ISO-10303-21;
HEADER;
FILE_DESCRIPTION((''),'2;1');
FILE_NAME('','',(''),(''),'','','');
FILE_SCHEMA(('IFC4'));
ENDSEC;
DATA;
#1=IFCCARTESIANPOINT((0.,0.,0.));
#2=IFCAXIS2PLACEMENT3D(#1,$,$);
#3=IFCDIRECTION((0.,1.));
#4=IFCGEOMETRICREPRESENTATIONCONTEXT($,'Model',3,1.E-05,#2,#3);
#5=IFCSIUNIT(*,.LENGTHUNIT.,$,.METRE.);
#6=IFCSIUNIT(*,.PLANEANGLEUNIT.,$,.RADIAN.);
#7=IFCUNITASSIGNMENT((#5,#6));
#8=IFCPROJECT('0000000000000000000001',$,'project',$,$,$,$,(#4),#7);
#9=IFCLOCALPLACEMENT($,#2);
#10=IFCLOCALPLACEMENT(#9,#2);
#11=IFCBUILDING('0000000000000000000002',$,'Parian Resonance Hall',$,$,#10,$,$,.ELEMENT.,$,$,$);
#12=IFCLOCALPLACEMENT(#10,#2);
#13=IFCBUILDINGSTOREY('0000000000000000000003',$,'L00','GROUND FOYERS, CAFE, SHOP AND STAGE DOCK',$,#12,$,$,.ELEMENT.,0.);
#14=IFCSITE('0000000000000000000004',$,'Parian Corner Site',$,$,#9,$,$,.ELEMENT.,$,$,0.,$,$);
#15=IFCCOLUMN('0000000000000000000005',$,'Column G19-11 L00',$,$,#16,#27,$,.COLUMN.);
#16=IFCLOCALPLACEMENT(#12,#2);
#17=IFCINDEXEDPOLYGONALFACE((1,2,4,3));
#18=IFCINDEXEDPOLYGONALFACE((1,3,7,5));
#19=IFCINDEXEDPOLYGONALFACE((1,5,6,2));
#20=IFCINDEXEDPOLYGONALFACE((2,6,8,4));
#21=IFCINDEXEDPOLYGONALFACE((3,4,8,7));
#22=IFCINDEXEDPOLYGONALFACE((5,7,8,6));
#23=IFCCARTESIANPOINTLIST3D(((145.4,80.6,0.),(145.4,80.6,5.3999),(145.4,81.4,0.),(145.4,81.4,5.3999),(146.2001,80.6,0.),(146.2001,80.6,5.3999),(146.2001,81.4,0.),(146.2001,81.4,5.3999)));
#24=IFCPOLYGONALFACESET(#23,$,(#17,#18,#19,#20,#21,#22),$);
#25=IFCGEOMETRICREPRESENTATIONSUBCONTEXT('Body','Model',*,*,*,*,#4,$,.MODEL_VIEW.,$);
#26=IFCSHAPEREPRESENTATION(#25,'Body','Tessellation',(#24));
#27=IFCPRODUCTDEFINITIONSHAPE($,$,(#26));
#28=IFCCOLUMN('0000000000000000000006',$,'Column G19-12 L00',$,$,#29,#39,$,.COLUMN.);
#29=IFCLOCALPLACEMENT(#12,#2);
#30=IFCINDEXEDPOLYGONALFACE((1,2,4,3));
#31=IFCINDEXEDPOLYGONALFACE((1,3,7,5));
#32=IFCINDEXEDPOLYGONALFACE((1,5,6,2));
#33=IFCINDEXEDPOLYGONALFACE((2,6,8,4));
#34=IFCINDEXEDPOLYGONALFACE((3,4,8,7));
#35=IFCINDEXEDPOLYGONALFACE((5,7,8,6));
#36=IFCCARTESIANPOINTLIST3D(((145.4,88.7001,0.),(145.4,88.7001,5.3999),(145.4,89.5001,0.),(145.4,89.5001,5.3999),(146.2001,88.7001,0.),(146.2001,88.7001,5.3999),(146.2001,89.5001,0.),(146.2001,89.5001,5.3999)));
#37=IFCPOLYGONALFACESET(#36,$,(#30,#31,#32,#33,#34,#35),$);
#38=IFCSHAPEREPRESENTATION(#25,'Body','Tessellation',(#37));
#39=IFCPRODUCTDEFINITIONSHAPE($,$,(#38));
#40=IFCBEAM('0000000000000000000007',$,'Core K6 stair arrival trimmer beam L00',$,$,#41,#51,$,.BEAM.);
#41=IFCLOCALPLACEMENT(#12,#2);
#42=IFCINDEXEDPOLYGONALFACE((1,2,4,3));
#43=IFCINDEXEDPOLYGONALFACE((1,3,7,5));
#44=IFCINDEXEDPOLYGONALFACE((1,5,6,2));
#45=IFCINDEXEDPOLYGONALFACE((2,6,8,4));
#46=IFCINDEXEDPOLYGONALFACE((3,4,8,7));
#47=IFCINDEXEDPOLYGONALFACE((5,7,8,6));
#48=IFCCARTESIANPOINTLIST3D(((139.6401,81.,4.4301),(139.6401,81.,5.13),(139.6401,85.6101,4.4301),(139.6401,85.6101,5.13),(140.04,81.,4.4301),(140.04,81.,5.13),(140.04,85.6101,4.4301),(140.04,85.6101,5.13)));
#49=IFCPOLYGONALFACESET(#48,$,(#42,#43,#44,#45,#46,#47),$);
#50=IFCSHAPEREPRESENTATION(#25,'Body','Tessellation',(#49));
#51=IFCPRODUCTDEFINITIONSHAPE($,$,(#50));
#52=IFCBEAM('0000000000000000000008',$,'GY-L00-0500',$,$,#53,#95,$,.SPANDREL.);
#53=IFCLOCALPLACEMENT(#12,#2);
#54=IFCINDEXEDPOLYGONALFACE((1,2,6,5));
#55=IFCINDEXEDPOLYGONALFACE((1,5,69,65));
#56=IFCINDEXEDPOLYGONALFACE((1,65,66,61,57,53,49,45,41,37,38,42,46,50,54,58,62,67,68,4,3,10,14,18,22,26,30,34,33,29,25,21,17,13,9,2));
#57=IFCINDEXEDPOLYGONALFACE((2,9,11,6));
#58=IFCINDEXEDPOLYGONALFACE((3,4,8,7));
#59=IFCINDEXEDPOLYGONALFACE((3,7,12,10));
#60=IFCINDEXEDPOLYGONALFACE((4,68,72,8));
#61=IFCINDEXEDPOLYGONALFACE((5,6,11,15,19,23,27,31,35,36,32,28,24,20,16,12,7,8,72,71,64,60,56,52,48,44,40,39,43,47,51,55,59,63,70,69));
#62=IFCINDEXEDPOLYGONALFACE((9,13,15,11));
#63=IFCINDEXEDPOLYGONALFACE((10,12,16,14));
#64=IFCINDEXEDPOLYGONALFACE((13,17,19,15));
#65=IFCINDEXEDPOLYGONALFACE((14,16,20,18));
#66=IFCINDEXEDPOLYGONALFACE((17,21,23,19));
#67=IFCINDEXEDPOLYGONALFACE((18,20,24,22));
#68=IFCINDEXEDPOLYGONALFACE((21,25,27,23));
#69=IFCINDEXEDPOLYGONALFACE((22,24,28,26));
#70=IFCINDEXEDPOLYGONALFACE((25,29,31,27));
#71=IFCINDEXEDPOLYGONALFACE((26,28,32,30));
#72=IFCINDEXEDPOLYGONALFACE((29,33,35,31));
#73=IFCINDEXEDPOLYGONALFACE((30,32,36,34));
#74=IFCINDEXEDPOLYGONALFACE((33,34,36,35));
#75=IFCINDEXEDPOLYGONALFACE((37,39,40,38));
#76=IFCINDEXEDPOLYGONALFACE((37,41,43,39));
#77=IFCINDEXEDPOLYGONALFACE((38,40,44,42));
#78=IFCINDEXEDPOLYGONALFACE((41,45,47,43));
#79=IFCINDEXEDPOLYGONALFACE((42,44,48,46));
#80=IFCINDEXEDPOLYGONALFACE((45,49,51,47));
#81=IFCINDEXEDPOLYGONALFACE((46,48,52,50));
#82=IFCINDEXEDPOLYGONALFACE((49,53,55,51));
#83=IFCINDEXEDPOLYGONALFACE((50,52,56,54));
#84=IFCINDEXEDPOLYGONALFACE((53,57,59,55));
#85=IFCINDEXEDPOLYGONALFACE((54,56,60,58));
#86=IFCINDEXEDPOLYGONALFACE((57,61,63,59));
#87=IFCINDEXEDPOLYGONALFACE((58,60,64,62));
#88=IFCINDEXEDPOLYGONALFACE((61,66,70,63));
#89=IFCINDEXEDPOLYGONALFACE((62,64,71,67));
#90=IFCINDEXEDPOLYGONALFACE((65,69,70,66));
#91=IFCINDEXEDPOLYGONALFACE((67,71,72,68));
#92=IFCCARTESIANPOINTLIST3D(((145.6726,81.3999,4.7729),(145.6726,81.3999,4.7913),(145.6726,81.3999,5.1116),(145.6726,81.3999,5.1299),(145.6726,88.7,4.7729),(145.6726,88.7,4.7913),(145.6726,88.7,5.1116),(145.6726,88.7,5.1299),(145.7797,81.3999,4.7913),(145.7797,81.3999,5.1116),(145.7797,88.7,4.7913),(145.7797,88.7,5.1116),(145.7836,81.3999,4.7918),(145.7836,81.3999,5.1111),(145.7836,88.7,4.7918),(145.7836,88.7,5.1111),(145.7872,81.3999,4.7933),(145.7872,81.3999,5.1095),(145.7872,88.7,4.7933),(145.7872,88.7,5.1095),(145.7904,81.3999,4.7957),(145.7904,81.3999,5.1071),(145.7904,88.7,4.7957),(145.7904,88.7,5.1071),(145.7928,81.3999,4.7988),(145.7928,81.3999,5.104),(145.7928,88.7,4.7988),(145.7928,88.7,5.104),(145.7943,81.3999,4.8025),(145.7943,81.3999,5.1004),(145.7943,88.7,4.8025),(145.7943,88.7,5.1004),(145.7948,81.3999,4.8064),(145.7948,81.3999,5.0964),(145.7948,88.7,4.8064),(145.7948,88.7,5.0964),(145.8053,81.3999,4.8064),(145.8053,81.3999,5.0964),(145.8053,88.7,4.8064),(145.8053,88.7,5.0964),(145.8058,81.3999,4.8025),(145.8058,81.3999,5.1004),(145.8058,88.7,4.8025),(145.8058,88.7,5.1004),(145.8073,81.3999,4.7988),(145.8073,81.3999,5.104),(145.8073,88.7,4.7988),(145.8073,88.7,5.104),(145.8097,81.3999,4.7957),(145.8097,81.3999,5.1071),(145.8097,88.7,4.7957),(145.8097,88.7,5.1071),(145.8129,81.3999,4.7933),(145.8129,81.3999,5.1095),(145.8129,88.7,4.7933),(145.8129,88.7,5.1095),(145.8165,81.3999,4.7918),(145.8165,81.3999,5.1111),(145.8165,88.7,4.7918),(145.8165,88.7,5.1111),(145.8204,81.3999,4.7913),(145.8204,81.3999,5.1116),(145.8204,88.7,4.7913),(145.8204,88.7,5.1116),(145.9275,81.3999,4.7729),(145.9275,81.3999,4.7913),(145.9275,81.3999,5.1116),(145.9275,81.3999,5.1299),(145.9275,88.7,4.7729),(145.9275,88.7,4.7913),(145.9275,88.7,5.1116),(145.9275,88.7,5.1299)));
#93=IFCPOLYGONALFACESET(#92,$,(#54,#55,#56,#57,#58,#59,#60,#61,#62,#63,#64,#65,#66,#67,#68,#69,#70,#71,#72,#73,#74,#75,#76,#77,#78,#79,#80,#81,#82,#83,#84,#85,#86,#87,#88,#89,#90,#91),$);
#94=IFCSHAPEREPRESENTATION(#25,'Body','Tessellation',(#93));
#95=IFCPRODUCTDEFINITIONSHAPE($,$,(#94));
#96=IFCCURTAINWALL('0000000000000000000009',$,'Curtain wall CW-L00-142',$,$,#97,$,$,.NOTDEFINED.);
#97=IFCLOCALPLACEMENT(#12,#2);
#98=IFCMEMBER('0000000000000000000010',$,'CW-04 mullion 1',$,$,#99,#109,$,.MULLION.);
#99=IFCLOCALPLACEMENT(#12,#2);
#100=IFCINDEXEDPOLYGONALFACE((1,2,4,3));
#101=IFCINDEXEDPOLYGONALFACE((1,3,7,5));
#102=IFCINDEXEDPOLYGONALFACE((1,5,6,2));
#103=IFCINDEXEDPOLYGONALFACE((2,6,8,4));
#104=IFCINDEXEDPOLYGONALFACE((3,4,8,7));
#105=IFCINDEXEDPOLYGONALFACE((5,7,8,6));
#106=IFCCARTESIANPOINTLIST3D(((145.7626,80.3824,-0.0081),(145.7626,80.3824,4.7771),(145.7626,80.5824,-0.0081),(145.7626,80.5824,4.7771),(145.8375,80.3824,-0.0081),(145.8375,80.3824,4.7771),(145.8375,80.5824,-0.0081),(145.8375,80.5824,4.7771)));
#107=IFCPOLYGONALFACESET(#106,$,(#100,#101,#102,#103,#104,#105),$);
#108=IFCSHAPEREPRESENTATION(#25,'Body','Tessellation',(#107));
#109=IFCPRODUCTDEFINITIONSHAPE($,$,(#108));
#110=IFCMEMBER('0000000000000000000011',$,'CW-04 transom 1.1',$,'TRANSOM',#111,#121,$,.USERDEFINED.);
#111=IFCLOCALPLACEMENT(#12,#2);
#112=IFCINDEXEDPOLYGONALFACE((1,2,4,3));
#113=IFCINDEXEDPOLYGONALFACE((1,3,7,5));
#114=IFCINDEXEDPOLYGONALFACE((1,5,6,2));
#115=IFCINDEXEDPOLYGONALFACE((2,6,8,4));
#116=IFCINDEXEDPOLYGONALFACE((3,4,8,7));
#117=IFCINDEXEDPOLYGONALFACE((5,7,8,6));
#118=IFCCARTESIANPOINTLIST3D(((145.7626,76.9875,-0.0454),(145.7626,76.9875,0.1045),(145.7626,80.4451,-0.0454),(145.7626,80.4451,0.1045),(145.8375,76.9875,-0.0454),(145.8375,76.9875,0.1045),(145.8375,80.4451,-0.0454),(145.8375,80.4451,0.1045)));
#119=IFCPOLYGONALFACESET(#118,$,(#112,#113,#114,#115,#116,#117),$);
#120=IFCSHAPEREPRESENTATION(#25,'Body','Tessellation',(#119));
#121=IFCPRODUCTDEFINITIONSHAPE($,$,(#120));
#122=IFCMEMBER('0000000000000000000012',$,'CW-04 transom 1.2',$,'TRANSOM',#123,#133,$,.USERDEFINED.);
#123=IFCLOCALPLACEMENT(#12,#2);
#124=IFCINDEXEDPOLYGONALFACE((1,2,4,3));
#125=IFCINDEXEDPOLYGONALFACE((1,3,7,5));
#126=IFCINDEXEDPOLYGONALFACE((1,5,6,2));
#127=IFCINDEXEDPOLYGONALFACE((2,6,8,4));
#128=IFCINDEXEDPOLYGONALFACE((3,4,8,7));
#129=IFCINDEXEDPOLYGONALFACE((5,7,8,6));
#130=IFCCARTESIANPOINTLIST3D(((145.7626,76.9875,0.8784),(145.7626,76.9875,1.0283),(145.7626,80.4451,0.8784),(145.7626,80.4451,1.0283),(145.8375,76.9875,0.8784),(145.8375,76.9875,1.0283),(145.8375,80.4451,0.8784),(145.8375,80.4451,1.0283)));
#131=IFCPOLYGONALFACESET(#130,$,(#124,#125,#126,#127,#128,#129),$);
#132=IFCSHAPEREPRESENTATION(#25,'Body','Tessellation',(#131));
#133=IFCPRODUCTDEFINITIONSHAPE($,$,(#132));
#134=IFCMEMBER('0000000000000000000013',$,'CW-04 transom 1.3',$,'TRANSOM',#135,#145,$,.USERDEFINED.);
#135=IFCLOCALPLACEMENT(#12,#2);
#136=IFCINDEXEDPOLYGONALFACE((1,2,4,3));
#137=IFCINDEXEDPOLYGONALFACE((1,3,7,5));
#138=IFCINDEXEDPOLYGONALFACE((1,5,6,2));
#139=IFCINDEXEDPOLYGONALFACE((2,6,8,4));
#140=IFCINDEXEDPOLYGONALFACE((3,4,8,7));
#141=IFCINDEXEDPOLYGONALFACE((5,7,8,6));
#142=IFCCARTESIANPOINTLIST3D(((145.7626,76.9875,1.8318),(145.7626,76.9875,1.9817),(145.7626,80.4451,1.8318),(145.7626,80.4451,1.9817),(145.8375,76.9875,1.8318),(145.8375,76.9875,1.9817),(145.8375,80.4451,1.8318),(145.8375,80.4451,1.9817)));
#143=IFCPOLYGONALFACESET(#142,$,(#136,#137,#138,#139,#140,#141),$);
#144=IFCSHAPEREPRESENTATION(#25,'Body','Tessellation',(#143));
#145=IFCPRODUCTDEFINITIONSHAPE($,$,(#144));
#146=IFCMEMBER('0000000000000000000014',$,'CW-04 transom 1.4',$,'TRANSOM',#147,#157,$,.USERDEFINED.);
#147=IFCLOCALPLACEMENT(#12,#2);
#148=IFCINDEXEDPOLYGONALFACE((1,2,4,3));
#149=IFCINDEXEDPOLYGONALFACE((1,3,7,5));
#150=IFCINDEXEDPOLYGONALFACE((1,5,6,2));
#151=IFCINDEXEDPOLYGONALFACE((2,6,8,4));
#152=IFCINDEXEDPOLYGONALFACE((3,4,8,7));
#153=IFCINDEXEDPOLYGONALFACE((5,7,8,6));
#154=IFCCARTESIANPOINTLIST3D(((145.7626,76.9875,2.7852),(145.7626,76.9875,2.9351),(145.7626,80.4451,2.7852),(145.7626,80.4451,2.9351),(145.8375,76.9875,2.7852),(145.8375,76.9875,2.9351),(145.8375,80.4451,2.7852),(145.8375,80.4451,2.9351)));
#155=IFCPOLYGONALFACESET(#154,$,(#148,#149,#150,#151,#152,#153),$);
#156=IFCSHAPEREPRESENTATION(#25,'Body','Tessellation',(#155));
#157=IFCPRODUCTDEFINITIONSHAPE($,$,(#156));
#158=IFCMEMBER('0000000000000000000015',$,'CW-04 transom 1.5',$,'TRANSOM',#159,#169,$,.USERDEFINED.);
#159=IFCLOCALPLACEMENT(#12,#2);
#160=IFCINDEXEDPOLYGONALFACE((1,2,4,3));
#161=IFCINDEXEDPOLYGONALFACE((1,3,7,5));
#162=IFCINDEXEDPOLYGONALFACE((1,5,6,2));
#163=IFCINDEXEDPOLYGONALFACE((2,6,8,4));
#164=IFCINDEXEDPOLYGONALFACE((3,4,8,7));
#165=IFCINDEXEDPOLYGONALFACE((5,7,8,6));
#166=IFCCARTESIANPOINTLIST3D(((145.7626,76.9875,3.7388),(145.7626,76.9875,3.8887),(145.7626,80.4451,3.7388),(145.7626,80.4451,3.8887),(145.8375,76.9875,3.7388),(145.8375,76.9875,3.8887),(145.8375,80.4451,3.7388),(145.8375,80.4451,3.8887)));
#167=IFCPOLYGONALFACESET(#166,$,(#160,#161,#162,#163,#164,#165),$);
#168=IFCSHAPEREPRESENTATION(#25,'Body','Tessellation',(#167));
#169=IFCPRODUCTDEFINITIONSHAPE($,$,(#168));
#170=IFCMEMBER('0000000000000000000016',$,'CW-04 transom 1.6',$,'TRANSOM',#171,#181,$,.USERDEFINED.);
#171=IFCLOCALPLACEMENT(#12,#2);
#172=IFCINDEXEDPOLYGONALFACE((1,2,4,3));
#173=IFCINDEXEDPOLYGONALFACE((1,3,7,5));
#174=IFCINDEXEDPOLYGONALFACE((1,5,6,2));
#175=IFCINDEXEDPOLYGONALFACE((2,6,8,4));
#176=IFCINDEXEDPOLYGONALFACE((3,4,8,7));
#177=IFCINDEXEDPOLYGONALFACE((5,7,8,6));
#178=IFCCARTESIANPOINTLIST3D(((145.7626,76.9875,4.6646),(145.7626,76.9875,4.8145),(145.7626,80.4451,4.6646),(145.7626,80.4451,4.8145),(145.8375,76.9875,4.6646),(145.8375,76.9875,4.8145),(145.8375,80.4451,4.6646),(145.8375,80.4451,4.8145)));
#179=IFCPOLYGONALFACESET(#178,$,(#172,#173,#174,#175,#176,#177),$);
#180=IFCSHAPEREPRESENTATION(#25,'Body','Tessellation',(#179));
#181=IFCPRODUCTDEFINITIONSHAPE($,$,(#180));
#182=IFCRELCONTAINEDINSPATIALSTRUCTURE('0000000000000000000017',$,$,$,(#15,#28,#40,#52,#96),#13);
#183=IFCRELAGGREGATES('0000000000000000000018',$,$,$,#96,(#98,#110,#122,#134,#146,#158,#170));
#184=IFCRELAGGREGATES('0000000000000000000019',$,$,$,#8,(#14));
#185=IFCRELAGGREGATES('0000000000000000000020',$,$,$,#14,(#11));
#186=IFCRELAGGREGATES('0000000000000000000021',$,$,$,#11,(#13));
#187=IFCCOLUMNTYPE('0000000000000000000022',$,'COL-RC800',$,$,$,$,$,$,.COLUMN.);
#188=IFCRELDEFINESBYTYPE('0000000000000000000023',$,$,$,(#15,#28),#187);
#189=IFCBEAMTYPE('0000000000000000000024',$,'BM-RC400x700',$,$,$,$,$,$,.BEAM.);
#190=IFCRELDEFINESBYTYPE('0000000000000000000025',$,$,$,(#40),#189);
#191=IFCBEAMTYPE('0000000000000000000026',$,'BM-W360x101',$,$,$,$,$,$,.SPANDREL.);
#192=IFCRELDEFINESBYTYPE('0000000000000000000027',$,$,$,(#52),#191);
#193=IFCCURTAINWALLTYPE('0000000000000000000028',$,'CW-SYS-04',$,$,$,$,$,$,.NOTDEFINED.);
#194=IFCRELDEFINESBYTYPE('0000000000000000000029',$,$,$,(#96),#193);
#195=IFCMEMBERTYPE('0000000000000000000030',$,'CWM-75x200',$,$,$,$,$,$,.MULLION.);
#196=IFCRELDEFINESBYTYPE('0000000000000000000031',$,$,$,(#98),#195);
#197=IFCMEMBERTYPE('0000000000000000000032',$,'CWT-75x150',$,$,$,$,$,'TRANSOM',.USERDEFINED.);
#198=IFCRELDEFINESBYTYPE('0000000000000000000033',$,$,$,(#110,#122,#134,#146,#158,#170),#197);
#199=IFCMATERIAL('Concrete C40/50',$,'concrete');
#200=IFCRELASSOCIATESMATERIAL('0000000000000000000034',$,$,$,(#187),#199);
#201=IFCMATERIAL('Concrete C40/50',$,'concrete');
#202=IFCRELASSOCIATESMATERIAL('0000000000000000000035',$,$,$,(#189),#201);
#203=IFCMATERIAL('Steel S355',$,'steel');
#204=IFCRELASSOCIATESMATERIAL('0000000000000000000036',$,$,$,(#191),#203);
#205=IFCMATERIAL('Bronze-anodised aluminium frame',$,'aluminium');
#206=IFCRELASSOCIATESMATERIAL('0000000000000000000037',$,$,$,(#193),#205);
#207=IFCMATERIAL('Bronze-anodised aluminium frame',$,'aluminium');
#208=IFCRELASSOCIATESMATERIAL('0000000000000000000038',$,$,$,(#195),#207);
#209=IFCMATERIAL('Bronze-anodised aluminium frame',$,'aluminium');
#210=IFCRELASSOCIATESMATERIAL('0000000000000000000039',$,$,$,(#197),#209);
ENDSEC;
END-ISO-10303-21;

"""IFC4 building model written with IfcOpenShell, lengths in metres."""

from ifc_helpers import new_model, si_unit, direction, frame, origin, origin_2d, place, context, subcontext, project, spatial, rectangle, i_section, extrude, material, material_profile, profile_set, type_object, element, aggregate, save


model = new_model("IFC4")

# Units and contexts
model_context = context("Model", 3, precision=1e-05, world=origin(), true_north=direction((0.0, 1.0)))
body_context = subcontext(model_context, "Body", "Model", "MODEL_VIEW")
ifc_project = project(units=[si_unit("LENGTHUNIT", "METRE"), si_unit("PLANEANGLEUNIT", "RADIAN")], contexts=[model_context])

# Site, building, storey
site_placement = place(None, origin())
site = spatial("IfcSite", under=ifc_project, at=site_placement, Name="Parian Corner Site", CompositionType="ELEMENT", RefElevation=0.0)
building_placement = place(site_placement, origin())
building = spatial("IfcBuilding", under=site, at=building_placement, Name="Parian Resonance Hall", CompositionType="ELEMENT")
storey_placement = place(building_placement, origin())
storey = spatial("IfcBuildingStorey", under=building, at=storey_placement, Name="L00", Description="GROUND FOYERS, CAFE, SHOP AND STAGE DOCK", CompositionType="ELEMENT", Elevation=0.0)

# Columns
ifc_material_1 = material(Name="Concrete C40/50", Category="concrete")
ifc_material_profile_1 = material_profile(ifc_material_1, rectangle(XDim=0.8, YDim=0.8, at=origin_2d()), Name="RC-COL-800x800")
ifc_profile_set_1 = profile_set([ifc_material_profile_1], Name="Concrete C40/50")
column_type = type_object("IfcColumnType", Name="COL-RC800", PredefinedType="COLUMN", material=ifc_profile_set_1)
for number, where, z_axis, x_axis, name in (
    (1, (145.8, 81.0, 0.0), (0.0, 0.0, 1.0), (1.0, 0.0, 0.0), "Column G19-11 L00"),
    (2, (145.8, 89.1001, 0.0), (0.0, 0.0, 1.0), (1.0, 0.0, 0.0), "Column G19-12 L00"),
):
    element("IfcColumn", number, at=place(storey_placement, frame(where, z_axis=z_axis, x_axis=x_axis)), inside=storey, type_object=column_type, Name=name, PredefinedType="COLUMN", context=body_context, shape_type="SweptSolid", body=[
        extrude(rectangle(XDim=0.8, YDim=0.8, at=origin_2d()), origin(), (0.0, 0.0, 1.0), 5.3999),
    ])

# Beams
ifc_material_2 = material(Name="Concrete C40/50", Category="concrete")
ifc_material_profile_2 = material_profile(ifc_material_2, rectangle(XDim=0.3999, YDim=0.7, at=origin_2d()), Name="RC-BM-400x700")
ifc_profile_set_2 = profile_set([ifc_material_profile_2], Name="Concrete C40/50")
beam_type_1 = type_object("IfcBeamType", Name="BM-RC400x700", PredefinedType="BEAM", material=ifc_profile_set_2)
beam_1_placement = place(storey_placement, frame((139.8401, 81.0, 4.78), z_axis=(0.0, 1.0, 0.0), x_axis=(-1.0, 0.0, 0.0)))
element("IfcBeam", 3, at=beam_1_placement, inside=storey, type_object=beam_type_1, Name="Core K6 stair arrival trimmer beam L00", PredefinedType="BEAM", context=body_context, shape_type="SweptSolid", body=[
    extrude(rectangle(XDim=0.3999, YDim=0.7, at=origin_2d()), origin(), (0.0, 0.0, 1.0), 4.6101),
])
ifc_material_3 = material(Name="Steel S355", Category="steel")
ifc_material_profile_3 = material_profile(ifc_material_3, i_section(OverallWidth=0.2549, OverallDepth=0.3569, WebThickness=0.0105, FlangeThickness=0.0183, FilletRadius=0.0151, at=origin_2d()), Name="W360x101")
ifc_profile_set_3 = profile_set([ifc_material_profile_3], Name="Steel S355")
beam_type_2 = type_object("IfcBeamType", Name="BM-W360x101", PredefinedType="SPANDREL", material=ifc_profile_set_3)
beam_2_placement = place(storey_placement, frame((145.8, 81.3999, 4.9514), z_axis=(0.0, 1.0, 0.0), x_axis=(-1.0, 0.0, 0.0)))
element("IfcBeam", 4, at=beam_2_placement, inside=storey, type_object=beam_type_2, Name="GY-L00-0500", PredefinedType="SPANDREL", context=body_context, shape_type="SweptSolid", body=[
    extrude(i_section(OverallWidth=0.2549, OverallDepth=0.3569, WebThickness=0.0105, FlangeThickness=0.0183, FilletRadius=0.0151, at=origin_2d()), origin(), (0.0, 0.0, 1.0), 7.3),
])

# Curtain wall, members
ifc_material_4 = material(Name="Bronze-anodised aluminium frame", Category="aluminium")
curtain_wall_type = type_object("IfcCurtainWallType", Name="CW-SYS-04", PredefinedType="NOTDEFINED", material=ifc_material_4)
curtain_wall_placement = place(storey_placement, origin())
curtain_wall = element("IfcCurtainWall", 5, at=curtain_wall_placement, inside=storey, type_object=curtain_wall_type, Name="Curtain wall CW-L00-142", PredefinedType="NOTDEFINED")
ifc_material_5 = material(Name="Bronze-anodised aluminium frame", Category="aluminium")
ifc_material_profile_4 = material_profile(ifc_material_5, rectangle(XDim=0.075, YDim=0.2, at=origin_2d()), Name="CWM-75x200")
ifc_profile_set_4 = profile_set([ifc_material_profile_4], Name="Bronze-anodised aluminium frame")
member_type_1 = type_object("IfcMemberType", Name="CWM-75x200", PredefinedType="MULLION", material=ifc_profile_set_4)
member_1_placement = place(storey_placement, frame((145.8, 80.4824, -0.0081), z_axis=(0.0, 0.0, 1.0), x_axis=(1.0, 0.0, 0.0)))
member_1 = element("IfcMember", 6, at=member_1_placement, type_object=member_type_1, Name="CW-04 mullion 1", PredefinedType="MULLION", context=body_context, shape_type="SweptSolid", body=[
    extrude(rectangle(XDim=0.075, YDim=0.2, at=origin_2d()), origin(), (0.0, 0.0, 1.0), 4.7852),
])
ifc_material_6 = material(Name="Bronze-anodised aluminium frame", Category="aluminium")
ifc_material_profile_5 = material_profile(ifc_material_6, rectangle(XDim=0.075, YDim=0.1499, at=origin_2d()), Name="CWT-75x150")
ifc_profile_set_5 = profile_set([ifc_material_profile_5], Name="Bronze-anodised aluminium frame")
member_type_2 = type_object("IfcMemberType", Name="CWT-75x150", ElementType="TRANSOM", PredefinedType="USERDEFINED", material=ifc_profile_set_5)
member_2_placement = place(storey_placement, frame((145.8, 80.4451, 0.0295), z_axis=(0.0, -1.0, 0.0), x_axis=(1.0, 0.0, 0.0)))
member_2 = element("IfcMember", 7, at=member_2_placement, type_object=member_type_2, Name="CW-04 transom 1.1", ObjectType="TRANSOM", PredefinedType="USERDEFINED", context=body_context, shape_type="SweptSolid", body=[
    extrude(rectangle(XDim=0.075, YDim=0.1499, at=origin_2d()), origin(), (0.0, 0.0, 1.0), 3.4575),
])
member_3_placement = place(storey_placement, frame((145.8, 80.4451, 0.9534), z_axis=(0.0, -1.0, 0.0), x_axis=(1.0, 0.0, 0.0)))
member_3 = element("IfcMember", 8, at=member_3_placement, type_object=member_type_2, Name="CW-04 transom 1.2", ObjectType="TRANSOM", PredefinedType="USERDEFINED", context=body_context, shape_type="SweptSolid", body=[
    extrude(rectangle(XDim=0.075, YDim=0.1499, at=origin_2d()), origin(), (0.0, 0.0, 1.0), 3.4575),
])
member_4_placement = place(storey_placement, frame((145.8, 80.4451, 1.9067), z_axis=(0.0, -1.0, 0.0), x_axis=(1.0, 0.0, 0.0)))
member_4 = element("IfcMember", 9, at=member_4_placement, type_object=member_type_2, Name="CW-04 transom 1.3", ObjectType="TRANSOM", PredefinedType="USERDEFINED", context=body_context, shape_type="SweptSolid", body=[
    extrude(rectangle(XDim=0.075, YDim=0.1499, at=origin_2d()), origin(), (0.0, 0.0, 1.0), 3.4575),
])
member_5_placement = place(storey_placement, frame((145.8, 80.4451, 2.8601), z_axis=(0.0, -1.0, 0.0), x_axis=(1.0, 0.0, 0.0)))
member_5 = element("IfcMember", 10, at=member_5_placement, type_object=member_type_2, Name="CW-04 transom 1.4", ObjectType="TRANSOM", PredefinedType="USERDEFINED", context=body_context, shape_type="SweptSolid", body=[
    extrude(rectangle(XDim=0.075, YDim=0.1499, at=origin_2d()), origin(), (0.0, 0.0, 1.0), 3.4575),
])
member_6_placement = place(storey_placement, frame((145.8, 80.4451, 3.8137), z_axis=(0.0, -1.0, 0.0), x_axis=(1.0, 0.0, 0.0)))
member_6 = element("IfcMember", 11, at=member_6_placement, type_object=member_type_2, Name="CW-04 transom 1.5", ObjectType="TRANSOM", PredefinedType="USERDEFINED", context=body_context, shape_type="SweptSolid", body=[
    extrude(rectangle(XDim=0.075, YDim=0.1499, at=origin_2d()), origin(), (0.0, 0.0, 1.0), 3.4575),
])
member_7_placement = place(storey_placement, frame((145.8, 80.4451, 4.7395), z_axis=(0.0, -1.0, 0.0), x_axis=(1.0, 0.0, 0.0)))
member_7 = element("IfcMember", 12, at=member_7_placement, type_object=member_type_2, Name="CW-04 transom 1.6", ObjectType="TRANSOM", PredefinedType="USERDEFINED", context=body_context, shape_type="SweptSolid", body=[
    extrude(rectangle(XDim=0.075, YDim=0.1499, at=origin_2d()), origin(), (0.0, 0.0, 1.0), 3.4575),
])
aggregate(curtain_wall, [member_1, member_2, member_3, member_4, member_5, member_6, member_7])

save(model, "model.ifc")
